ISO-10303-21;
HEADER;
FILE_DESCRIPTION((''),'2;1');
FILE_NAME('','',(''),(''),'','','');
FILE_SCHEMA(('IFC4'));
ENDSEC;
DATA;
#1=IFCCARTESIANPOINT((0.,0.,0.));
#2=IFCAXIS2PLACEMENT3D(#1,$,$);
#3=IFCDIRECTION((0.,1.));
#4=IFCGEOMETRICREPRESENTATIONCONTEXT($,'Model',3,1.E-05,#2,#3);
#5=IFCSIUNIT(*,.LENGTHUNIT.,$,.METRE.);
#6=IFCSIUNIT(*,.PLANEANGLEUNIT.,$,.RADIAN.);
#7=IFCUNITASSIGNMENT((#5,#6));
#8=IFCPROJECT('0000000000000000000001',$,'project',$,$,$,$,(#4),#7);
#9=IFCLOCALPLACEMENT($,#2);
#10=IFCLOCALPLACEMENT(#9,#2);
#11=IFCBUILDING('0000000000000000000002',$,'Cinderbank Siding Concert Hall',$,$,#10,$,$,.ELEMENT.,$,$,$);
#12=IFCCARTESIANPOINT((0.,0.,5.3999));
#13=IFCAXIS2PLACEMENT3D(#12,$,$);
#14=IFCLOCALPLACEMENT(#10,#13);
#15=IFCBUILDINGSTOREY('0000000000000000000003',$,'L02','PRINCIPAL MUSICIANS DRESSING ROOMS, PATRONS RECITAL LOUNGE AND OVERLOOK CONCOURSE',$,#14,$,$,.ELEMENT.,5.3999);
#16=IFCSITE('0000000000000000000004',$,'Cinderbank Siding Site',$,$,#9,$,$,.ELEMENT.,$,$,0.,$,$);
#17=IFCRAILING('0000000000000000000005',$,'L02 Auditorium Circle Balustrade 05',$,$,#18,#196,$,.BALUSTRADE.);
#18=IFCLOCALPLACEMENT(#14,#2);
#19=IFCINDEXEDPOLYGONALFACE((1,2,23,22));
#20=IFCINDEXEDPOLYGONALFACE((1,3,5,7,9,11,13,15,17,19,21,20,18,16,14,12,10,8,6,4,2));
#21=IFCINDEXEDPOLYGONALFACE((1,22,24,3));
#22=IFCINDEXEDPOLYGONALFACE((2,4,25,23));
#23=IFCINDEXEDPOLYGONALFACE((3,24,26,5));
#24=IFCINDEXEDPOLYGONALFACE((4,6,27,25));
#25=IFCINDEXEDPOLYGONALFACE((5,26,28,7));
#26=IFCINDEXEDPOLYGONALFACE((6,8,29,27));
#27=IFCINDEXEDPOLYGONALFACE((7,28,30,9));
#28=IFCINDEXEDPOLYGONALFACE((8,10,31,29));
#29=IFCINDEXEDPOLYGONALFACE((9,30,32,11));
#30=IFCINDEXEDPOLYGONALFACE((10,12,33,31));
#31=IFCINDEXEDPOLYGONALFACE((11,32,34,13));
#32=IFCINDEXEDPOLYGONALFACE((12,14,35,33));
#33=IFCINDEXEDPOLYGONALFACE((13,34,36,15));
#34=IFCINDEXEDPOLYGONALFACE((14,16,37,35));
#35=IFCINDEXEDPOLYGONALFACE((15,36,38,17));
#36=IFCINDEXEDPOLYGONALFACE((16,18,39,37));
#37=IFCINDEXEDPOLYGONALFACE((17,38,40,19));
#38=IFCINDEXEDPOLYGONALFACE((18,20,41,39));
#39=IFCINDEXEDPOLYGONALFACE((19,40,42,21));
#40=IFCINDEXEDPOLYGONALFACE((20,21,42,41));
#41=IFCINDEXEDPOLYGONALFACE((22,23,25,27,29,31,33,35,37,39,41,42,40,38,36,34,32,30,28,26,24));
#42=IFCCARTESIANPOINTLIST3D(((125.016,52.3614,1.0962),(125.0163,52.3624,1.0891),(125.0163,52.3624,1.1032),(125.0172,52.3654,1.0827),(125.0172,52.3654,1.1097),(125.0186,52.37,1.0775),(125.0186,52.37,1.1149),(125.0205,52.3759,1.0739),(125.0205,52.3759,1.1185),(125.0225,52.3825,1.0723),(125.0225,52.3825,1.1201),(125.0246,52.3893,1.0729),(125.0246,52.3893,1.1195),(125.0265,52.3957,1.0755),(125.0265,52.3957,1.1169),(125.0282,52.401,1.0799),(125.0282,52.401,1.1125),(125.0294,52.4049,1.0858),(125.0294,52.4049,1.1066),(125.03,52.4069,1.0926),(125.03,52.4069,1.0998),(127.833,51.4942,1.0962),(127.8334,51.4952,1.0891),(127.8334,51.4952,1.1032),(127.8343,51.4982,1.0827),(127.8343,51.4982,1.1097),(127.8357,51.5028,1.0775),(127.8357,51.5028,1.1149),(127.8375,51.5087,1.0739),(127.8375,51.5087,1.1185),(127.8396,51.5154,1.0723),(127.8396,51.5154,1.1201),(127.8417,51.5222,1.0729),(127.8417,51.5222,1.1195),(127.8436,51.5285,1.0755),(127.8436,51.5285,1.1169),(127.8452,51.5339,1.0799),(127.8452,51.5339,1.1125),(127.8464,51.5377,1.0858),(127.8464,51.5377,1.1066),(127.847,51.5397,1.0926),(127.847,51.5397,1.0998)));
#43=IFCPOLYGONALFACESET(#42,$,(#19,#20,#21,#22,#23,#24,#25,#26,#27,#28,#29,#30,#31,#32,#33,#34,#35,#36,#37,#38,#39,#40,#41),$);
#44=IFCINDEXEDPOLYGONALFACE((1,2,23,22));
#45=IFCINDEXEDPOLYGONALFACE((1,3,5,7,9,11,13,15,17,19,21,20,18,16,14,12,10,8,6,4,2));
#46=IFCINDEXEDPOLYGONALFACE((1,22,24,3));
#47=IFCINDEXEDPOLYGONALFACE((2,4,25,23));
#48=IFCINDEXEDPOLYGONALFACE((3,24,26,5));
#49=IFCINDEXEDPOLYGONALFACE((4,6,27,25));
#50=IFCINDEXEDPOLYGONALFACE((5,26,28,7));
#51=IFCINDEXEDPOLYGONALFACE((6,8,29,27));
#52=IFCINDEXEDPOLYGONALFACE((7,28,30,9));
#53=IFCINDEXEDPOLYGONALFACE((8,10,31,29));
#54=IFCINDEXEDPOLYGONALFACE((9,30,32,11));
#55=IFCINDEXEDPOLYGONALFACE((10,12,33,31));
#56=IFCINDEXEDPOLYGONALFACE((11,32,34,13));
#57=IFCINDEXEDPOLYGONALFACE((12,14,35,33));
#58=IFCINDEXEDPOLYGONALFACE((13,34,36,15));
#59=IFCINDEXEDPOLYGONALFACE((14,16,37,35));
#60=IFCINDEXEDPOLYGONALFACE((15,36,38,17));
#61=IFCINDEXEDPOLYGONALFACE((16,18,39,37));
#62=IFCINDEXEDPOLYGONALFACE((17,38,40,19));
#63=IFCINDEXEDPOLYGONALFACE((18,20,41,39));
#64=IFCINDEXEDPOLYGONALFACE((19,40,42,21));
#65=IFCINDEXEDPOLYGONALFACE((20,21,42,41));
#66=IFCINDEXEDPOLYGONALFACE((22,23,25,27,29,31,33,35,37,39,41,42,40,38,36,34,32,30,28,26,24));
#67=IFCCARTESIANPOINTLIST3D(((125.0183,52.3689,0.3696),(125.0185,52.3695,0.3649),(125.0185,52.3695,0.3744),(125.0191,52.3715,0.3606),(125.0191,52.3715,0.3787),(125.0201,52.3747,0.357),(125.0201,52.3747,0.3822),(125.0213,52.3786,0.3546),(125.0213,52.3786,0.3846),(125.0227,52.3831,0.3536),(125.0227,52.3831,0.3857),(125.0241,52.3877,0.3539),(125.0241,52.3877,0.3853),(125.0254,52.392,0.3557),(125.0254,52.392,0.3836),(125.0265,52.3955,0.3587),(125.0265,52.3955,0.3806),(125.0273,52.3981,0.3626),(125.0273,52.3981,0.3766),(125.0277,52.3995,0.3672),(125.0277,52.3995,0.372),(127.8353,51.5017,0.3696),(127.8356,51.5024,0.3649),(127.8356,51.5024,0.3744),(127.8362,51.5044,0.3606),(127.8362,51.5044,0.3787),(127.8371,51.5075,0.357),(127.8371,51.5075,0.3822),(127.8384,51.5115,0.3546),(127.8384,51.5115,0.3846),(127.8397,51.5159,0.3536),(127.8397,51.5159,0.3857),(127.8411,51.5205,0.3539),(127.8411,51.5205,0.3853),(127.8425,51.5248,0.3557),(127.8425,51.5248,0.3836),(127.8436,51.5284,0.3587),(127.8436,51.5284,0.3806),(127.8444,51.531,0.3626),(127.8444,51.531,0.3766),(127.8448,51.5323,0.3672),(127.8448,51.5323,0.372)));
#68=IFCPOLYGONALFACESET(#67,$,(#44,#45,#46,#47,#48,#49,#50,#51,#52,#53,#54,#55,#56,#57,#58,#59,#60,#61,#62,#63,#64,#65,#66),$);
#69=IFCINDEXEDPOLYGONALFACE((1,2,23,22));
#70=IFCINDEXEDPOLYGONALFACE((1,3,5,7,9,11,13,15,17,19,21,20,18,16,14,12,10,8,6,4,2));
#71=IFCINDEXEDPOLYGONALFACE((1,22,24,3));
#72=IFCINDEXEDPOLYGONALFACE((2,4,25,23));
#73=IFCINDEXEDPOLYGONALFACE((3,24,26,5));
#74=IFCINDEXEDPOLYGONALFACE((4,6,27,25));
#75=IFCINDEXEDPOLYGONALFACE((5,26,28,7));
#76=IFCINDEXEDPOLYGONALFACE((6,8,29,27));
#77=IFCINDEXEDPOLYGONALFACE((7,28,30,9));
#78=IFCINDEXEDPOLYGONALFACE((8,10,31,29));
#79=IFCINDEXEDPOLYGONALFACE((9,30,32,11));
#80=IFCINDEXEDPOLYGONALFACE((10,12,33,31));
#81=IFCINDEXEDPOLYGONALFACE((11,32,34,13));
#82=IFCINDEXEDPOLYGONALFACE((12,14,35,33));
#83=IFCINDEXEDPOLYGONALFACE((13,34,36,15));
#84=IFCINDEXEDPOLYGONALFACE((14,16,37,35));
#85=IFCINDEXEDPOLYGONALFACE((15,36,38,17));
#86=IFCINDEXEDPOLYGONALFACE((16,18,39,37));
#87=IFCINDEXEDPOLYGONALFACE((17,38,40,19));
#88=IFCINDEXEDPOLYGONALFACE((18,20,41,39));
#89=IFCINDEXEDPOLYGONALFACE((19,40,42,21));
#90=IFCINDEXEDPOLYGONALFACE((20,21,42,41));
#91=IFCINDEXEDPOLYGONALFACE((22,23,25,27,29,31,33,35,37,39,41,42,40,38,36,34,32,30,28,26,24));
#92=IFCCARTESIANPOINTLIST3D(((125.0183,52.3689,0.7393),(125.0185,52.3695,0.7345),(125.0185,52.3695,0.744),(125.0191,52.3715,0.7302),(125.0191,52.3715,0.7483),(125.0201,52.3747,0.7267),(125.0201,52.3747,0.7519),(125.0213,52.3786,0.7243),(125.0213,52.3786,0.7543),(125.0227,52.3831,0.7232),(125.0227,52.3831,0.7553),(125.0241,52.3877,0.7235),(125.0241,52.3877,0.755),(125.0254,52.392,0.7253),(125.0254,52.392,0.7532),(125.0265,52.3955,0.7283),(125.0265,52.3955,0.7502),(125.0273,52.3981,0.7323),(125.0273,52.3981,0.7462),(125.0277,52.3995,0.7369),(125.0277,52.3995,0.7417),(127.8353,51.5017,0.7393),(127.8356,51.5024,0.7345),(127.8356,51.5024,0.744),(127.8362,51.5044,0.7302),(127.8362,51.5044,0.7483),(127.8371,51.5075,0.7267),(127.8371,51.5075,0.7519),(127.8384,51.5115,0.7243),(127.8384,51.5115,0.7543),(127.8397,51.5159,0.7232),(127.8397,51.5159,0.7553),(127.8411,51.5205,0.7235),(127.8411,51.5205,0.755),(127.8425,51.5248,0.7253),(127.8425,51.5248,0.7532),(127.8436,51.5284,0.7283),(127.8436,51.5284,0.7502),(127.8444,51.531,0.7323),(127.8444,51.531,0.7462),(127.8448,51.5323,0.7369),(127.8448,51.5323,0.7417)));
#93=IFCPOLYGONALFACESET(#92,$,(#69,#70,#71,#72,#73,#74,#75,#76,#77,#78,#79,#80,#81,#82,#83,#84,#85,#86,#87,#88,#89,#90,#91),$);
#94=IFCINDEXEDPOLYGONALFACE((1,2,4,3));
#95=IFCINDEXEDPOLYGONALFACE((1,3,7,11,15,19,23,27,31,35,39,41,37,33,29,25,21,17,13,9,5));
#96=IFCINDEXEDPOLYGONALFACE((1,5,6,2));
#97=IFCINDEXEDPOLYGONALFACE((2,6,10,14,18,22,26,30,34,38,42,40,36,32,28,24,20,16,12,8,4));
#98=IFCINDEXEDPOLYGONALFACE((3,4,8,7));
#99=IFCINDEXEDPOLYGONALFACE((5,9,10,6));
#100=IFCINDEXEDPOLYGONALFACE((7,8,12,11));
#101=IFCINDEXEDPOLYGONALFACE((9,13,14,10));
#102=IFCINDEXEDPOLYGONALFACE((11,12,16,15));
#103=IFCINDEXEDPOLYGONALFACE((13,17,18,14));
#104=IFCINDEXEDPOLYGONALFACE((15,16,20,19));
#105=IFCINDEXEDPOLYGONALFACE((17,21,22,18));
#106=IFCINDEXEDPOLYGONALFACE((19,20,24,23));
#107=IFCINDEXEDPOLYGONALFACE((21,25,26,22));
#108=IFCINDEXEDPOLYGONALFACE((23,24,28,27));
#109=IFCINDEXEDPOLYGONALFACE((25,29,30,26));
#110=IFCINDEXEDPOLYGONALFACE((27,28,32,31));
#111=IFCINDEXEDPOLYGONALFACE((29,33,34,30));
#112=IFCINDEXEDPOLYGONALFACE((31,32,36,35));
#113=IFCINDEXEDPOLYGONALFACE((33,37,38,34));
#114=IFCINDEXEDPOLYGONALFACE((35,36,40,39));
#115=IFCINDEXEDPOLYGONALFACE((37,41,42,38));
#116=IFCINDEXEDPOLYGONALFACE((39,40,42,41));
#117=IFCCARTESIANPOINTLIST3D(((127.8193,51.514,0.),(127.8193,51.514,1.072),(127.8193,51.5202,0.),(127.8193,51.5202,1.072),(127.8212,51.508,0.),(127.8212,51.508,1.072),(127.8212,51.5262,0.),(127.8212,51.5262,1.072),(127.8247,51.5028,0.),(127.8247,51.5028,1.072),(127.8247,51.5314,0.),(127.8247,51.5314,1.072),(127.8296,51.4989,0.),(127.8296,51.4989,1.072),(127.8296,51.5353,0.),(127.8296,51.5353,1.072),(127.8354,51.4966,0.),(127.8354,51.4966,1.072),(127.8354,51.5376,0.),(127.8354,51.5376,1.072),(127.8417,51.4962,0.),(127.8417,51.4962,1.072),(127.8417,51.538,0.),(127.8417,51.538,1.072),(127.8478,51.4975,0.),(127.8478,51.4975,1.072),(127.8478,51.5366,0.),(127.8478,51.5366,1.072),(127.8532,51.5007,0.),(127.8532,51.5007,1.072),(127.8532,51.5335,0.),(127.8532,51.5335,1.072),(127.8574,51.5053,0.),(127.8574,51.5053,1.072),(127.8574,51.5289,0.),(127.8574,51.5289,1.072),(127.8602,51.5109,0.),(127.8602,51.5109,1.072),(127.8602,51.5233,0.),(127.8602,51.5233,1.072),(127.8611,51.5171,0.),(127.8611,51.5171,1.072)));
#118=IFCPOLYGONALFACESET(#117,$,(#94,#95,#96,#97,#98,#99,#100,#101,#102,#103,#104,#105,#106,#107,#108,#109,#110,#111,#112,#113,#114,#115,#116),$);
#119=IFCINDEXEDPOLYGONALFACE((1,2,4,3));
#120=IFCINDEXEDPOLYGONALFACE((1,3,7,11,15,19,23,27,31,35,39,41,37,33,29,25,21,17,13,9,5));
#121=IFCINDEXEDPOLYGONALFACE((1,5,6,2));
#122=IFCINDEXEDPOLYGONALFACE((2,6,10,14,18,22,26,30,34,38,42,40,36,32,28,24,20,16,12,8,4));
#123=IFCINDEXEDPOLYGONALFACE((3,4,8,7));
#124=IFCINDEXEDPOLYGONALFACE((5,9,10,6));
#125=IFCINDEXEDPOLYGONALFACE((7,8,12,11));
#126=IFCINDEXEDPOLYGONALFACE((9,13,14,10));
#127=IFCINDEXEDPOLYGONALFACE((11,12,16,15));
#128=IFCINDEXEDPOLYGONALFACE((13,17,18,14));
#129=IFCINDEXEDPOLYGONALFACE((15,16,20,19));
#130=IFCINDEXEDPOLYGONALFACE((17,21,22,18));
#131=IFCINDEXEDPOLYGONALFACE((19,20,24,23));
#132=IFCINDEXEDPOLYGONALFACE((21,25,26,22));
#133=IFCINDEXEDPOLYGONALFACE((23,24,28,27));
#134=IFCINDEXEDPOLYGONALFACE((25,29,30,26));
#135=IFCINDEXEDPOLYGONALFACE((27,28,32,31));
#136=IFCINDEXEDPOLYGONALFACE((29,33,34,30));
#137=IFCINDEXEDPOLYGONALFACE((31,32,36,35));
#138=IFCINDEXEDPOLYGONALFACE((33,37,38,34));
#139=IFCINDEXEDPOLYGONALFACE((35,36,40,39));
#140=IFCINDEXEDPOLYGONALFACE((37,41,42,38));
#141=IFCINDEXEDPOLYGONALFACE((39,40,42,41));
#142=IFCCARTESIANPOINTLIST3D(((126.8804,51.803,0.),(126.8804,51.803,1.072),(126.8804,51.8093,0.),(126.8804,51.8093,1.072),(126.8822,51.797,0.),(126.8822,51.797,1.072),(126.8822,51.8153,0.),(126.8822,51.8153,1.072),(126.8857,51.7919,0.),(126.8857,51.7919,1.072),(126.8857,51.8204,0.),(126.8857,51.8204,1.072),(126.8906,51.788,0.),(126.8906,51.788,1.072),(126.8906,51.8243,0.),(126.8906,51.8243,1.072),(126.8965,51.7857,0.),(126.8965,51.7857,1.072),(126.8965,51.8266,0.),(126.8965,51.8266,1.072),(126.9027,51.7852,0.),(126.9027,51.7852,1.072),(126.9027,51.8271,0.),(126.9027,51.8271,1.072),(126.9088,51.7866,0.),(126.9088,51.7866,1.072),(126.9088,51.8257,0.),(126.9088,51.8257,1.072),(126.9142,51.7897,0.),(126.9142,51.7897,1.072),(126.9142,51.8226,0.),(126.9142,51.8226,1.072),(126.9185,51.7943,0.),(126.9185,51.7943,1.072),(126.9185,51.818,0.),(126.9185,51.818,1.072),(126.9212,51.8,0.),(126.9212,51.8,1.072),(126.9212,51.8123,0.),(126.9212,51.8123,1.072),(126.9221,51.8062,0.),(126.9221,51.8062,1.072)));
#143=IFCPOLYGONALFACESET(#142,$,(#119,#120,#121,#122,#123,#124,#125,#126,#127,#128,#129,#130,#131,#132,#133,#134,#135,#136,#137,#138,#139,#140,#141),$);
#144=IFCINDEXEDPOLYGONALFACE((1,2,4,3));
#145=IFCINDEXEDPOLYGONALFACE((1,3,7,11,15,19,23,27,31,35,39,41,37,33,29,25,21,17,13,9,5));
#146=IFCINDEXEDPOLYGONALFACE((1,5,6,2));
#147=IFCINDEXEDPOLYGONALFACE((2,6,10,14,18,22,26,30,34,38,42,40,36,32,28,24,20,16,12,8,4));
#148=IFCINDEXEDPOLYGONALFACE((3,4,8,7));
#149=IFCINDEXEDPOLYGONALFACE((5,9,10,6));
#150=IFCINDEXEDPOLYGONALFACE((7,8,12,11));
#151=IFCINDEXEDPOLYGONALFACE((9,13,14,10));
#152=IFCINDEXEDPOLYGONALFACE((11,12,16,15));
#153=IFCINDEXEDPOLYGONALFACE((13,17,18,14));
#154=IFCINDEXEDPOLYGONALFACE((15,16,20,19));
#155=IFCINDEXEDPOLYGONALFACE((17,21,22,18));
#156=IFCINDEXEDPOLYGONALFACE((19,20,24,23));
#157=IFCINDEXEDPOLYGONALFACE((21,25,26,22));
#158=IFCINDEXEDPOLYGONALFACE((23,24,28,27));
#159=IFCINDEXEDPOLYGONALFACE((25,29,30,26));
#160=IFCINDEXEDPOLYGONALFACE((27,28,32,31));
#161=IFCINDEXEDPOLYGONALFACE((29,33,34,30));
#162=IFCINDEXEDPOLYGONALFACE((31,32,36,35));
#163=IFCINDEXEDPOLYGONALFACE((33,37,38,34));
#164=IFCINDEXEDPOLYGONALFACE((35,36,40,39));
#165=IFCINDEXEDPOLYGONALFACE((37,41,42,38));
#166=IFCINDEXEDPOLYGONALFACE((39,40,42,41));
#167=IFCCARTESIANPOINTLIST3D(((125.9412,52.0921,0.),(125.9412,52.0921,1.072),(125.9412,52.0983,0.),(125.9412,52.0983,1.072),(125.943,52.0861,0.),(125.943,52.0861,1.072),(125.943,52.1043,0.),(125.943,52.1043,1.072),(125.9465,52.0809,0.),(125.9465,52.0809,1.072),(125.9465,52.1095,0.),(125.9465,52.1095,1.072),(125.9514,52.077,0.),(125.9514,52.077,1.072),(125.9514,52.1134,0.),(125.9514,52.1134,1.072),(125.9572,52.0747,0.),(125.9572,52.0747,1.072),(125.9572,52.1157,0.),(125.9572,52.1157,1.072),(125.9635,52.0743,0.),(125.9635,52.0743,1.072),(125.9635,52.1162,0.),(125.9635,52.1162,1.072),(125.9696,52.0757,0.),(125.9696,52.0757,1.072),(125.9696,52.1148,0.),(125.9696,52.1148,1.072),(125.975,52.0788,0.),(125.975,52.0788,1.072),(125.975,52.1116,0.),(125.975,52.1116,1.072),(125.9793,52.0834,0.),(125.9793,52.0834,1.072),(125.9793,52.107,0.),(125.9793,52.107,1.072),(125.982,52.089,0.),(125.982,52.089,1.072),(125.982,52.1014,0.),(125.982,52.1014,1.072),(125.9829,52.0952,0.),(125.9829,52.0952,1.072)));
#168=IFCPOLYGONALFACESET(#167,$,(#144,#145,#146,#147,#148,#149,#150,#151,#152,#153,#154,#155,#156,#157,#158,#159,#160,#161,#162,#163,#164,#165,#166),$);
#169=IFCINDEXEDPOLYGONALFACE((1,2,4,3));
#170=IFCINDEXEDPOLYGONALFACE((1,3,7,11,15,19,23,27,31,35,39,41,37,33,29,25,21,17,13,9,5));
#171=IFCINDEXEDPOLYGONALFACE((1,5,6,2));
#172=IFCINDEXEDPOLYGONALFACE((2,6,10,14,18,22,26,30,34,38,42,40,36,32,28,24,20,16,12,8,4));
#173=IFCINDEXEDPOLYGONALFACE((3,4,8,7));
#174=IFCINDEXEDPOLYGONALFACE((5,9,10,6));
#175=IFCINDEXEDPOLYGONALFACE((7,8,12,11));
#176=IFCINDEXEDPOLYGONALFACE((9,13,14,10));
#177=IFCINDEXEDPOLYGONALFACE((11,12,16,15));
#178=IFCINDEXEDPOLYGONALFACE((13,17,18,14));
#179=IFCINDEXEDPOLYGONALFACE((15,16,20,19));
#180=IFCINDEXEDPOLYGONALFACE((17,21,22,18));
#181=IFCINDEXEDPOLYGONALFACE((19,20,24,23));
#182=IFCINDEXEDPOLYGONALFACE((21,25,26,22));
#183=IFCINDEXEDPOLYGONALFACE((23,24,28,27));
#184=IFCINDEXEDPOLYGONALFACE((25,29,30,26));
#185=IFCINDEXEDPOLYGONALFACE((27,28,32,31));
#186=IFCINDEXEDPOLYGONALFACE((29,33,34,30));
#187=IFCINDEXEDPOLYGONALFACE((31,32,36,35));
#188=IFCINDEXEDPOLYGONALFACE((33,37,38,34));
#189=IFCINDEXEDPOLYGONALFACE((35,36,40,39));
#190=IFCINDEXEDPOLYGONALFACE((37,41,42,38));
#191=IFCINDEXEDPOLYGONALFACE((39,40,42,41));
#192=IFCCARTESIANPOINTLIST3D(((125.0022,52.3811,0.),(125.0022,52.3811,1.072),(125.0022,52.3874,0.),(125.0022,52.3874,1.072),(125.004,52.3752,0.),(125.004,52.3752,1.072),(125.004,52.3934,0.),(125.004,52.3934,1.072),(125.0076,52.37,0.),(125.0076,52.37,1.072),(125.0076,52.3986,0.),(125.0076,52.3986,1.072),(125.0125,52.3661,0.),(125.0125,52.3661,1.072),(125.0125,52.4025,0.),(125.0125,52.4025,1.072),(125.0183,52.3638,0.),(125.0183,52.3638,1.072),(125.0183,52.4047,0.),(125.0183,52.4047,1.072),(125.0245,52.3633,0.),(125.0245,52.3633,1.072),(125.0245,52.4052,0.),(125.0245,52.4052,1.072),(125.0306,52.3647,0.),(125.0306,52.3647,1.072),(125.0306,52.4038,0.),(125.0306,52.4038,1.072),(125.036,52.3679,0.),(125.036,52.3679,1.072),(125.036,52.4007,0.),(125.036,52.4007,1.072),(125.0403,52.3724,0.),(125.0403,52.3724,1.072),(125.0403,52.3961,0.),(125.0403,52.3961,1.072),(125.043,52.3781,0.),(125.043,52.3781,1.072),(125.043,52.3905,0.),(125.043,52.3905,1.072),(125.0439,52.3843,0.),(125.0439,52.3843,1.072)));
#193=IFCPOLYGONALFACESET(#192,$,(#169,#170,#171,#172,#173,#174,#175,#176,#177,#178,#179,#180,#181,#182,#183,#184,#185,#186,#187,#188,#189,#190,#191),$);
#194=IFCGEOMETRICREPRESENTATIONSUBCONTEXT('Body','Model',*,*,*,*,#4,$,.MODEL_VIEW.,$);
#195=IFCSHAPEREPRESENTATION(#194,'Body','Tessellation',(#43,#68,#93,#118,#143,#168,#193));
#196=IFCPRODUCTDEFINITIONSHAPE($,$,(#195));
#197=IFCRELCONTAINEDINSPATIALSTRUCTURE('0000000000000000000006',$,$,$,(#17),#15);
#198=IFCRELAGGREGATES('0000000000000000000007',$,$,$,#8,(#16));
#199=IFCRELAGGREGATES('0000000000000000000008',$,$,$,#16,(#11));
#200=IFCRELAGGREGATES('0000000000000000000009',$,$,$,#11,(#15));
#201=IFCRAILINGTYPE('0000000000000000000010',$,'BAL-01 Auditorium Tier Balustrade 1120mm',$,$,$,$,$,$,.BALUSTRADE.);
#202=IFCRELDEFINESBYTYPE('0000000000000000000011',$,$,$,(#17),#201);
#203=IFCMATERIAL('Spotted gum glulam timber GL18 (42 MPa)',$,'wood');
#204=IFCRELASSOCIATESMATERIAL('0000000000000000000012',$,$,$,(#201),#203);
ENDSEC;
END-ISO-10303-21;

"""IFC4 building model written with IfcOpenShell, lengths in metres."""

from ifc_helpers import new_model, si_unit, direction, frame, origin, origin_2d, place, context, subcontext, project, spatial, circle, extrude, material, type_object, element, save


model = new_model("IFC4")

# Units and contexts
model_context = context("Model", 3, precision=1e-05, world=origin(), true_north=direction((0.0, 1.0)))
body_context = subcontext(model_context, "Body", "Model", "MODEL_VIEW")
ifc_project = project(units=[si_unit("LENGTHUNIT", "METRE"), si_unit("PLANEANGLEUNIT", "RADIAN")], contexts=[model_context])

# Site, building, storey
site_placement = place(None, origin())
site = spatial("IfcSite", under=ifc_project, at=site_placement, Name="Cinderbank Siding Site", CompositionType="ELEMENT", RefElevation=0.0)
building_placement = place(site_placement, origin())
building = spatial("IfcBuilding", under=site, at=building_placement, Name="Cinderbank Siding Concert Hall", CompositionType="ELEMENT")
storey_placement = place(building_placement, frame((0.0, 0.0, 5.3999)))
storey = spatial("IfcBuildingStorey", under=building, at=storey_placement, Name="L02", Description="PRINCIPAL MUSICIANS DRESSING ROOMS, PATRONS RECITAL LOUNGE AND OVERLOOK CONCOURSE", CompositionType="ELEMENT", Elevation=5.3999)

# Railing
ifc_material_1 = material(Name="Spotted gum glulam timber GL18 (42 MPa)", Category="wood")
railing_type = type_object("IfcRailingType", Name="BAL-01 Auditorium Tier Balustrade 1120mm", PredefinedType="BALUSTRADE", material=ifc_material_1)
railing_1_placement = place(storey_placement, frame((127.8401, 51.5171, 0.0)))
element("IfcRailing", 1, at=railing_1_placement, inside=storey, type_object=railing_type, Name="L02 Auditorium Circle Balustrade 05", PredefinedType="BALUSTRADE", context=body_context, shape_type="SweptSolid", body=[
    extrude(circle(Radius=0.0239, at=origin_2d()), frame((0.0, 0.0, 1.0962), z_axis=(-0.955743, 0.294202, 0.0), x_axis=(-0.294202, -0.955743, 0.0)), (0.0, 0.0, 1.0), 2.9475),
    extrude(circle(Radius=0.0161, at=origin_2d()), frame((0.0, 0.0, 0.3696), z_axis=(-0.955743, 0.294202, 0.0), x_axis=(-0.294202, -0.955743, 0.0)), (0.0, 0.0, 1.0), 2.9475),
    extrude(circle(Radius=0.0161, at=origin_2d()), frame((0.0, 0.0, 0.7393), z_axis=(-0.955743, 0.294202, 0.0), x_axis=(-0.294202, -0.955743, 0.0)), (0.0, 0.0, 1.0), 2.9475),
    extrude(circle(Radius=0.021, at=origin_2d()), origin(), (0.0, 0.0, 1.0), 1.072),
    extrude(circle(Radius=0.021, at=origin_2d()), frame((-0.939, 0.2891, 0.0)), (0.0, 0.0, 1.0), 1.072),
    extrude(circle(Radius=0.021, at=origin_2d()), frame((-1.8782, 0.5781, 0.0)), (0.0, 0.0, 1.0), 1.072),
    extrude(circle(Radius=0.021, at=origin_2d()), frame((-2.8171, 0.8672, 0.0)), (0.0, 0.0, 1.0), 1.072),
])

save(model, "model.ifc")
